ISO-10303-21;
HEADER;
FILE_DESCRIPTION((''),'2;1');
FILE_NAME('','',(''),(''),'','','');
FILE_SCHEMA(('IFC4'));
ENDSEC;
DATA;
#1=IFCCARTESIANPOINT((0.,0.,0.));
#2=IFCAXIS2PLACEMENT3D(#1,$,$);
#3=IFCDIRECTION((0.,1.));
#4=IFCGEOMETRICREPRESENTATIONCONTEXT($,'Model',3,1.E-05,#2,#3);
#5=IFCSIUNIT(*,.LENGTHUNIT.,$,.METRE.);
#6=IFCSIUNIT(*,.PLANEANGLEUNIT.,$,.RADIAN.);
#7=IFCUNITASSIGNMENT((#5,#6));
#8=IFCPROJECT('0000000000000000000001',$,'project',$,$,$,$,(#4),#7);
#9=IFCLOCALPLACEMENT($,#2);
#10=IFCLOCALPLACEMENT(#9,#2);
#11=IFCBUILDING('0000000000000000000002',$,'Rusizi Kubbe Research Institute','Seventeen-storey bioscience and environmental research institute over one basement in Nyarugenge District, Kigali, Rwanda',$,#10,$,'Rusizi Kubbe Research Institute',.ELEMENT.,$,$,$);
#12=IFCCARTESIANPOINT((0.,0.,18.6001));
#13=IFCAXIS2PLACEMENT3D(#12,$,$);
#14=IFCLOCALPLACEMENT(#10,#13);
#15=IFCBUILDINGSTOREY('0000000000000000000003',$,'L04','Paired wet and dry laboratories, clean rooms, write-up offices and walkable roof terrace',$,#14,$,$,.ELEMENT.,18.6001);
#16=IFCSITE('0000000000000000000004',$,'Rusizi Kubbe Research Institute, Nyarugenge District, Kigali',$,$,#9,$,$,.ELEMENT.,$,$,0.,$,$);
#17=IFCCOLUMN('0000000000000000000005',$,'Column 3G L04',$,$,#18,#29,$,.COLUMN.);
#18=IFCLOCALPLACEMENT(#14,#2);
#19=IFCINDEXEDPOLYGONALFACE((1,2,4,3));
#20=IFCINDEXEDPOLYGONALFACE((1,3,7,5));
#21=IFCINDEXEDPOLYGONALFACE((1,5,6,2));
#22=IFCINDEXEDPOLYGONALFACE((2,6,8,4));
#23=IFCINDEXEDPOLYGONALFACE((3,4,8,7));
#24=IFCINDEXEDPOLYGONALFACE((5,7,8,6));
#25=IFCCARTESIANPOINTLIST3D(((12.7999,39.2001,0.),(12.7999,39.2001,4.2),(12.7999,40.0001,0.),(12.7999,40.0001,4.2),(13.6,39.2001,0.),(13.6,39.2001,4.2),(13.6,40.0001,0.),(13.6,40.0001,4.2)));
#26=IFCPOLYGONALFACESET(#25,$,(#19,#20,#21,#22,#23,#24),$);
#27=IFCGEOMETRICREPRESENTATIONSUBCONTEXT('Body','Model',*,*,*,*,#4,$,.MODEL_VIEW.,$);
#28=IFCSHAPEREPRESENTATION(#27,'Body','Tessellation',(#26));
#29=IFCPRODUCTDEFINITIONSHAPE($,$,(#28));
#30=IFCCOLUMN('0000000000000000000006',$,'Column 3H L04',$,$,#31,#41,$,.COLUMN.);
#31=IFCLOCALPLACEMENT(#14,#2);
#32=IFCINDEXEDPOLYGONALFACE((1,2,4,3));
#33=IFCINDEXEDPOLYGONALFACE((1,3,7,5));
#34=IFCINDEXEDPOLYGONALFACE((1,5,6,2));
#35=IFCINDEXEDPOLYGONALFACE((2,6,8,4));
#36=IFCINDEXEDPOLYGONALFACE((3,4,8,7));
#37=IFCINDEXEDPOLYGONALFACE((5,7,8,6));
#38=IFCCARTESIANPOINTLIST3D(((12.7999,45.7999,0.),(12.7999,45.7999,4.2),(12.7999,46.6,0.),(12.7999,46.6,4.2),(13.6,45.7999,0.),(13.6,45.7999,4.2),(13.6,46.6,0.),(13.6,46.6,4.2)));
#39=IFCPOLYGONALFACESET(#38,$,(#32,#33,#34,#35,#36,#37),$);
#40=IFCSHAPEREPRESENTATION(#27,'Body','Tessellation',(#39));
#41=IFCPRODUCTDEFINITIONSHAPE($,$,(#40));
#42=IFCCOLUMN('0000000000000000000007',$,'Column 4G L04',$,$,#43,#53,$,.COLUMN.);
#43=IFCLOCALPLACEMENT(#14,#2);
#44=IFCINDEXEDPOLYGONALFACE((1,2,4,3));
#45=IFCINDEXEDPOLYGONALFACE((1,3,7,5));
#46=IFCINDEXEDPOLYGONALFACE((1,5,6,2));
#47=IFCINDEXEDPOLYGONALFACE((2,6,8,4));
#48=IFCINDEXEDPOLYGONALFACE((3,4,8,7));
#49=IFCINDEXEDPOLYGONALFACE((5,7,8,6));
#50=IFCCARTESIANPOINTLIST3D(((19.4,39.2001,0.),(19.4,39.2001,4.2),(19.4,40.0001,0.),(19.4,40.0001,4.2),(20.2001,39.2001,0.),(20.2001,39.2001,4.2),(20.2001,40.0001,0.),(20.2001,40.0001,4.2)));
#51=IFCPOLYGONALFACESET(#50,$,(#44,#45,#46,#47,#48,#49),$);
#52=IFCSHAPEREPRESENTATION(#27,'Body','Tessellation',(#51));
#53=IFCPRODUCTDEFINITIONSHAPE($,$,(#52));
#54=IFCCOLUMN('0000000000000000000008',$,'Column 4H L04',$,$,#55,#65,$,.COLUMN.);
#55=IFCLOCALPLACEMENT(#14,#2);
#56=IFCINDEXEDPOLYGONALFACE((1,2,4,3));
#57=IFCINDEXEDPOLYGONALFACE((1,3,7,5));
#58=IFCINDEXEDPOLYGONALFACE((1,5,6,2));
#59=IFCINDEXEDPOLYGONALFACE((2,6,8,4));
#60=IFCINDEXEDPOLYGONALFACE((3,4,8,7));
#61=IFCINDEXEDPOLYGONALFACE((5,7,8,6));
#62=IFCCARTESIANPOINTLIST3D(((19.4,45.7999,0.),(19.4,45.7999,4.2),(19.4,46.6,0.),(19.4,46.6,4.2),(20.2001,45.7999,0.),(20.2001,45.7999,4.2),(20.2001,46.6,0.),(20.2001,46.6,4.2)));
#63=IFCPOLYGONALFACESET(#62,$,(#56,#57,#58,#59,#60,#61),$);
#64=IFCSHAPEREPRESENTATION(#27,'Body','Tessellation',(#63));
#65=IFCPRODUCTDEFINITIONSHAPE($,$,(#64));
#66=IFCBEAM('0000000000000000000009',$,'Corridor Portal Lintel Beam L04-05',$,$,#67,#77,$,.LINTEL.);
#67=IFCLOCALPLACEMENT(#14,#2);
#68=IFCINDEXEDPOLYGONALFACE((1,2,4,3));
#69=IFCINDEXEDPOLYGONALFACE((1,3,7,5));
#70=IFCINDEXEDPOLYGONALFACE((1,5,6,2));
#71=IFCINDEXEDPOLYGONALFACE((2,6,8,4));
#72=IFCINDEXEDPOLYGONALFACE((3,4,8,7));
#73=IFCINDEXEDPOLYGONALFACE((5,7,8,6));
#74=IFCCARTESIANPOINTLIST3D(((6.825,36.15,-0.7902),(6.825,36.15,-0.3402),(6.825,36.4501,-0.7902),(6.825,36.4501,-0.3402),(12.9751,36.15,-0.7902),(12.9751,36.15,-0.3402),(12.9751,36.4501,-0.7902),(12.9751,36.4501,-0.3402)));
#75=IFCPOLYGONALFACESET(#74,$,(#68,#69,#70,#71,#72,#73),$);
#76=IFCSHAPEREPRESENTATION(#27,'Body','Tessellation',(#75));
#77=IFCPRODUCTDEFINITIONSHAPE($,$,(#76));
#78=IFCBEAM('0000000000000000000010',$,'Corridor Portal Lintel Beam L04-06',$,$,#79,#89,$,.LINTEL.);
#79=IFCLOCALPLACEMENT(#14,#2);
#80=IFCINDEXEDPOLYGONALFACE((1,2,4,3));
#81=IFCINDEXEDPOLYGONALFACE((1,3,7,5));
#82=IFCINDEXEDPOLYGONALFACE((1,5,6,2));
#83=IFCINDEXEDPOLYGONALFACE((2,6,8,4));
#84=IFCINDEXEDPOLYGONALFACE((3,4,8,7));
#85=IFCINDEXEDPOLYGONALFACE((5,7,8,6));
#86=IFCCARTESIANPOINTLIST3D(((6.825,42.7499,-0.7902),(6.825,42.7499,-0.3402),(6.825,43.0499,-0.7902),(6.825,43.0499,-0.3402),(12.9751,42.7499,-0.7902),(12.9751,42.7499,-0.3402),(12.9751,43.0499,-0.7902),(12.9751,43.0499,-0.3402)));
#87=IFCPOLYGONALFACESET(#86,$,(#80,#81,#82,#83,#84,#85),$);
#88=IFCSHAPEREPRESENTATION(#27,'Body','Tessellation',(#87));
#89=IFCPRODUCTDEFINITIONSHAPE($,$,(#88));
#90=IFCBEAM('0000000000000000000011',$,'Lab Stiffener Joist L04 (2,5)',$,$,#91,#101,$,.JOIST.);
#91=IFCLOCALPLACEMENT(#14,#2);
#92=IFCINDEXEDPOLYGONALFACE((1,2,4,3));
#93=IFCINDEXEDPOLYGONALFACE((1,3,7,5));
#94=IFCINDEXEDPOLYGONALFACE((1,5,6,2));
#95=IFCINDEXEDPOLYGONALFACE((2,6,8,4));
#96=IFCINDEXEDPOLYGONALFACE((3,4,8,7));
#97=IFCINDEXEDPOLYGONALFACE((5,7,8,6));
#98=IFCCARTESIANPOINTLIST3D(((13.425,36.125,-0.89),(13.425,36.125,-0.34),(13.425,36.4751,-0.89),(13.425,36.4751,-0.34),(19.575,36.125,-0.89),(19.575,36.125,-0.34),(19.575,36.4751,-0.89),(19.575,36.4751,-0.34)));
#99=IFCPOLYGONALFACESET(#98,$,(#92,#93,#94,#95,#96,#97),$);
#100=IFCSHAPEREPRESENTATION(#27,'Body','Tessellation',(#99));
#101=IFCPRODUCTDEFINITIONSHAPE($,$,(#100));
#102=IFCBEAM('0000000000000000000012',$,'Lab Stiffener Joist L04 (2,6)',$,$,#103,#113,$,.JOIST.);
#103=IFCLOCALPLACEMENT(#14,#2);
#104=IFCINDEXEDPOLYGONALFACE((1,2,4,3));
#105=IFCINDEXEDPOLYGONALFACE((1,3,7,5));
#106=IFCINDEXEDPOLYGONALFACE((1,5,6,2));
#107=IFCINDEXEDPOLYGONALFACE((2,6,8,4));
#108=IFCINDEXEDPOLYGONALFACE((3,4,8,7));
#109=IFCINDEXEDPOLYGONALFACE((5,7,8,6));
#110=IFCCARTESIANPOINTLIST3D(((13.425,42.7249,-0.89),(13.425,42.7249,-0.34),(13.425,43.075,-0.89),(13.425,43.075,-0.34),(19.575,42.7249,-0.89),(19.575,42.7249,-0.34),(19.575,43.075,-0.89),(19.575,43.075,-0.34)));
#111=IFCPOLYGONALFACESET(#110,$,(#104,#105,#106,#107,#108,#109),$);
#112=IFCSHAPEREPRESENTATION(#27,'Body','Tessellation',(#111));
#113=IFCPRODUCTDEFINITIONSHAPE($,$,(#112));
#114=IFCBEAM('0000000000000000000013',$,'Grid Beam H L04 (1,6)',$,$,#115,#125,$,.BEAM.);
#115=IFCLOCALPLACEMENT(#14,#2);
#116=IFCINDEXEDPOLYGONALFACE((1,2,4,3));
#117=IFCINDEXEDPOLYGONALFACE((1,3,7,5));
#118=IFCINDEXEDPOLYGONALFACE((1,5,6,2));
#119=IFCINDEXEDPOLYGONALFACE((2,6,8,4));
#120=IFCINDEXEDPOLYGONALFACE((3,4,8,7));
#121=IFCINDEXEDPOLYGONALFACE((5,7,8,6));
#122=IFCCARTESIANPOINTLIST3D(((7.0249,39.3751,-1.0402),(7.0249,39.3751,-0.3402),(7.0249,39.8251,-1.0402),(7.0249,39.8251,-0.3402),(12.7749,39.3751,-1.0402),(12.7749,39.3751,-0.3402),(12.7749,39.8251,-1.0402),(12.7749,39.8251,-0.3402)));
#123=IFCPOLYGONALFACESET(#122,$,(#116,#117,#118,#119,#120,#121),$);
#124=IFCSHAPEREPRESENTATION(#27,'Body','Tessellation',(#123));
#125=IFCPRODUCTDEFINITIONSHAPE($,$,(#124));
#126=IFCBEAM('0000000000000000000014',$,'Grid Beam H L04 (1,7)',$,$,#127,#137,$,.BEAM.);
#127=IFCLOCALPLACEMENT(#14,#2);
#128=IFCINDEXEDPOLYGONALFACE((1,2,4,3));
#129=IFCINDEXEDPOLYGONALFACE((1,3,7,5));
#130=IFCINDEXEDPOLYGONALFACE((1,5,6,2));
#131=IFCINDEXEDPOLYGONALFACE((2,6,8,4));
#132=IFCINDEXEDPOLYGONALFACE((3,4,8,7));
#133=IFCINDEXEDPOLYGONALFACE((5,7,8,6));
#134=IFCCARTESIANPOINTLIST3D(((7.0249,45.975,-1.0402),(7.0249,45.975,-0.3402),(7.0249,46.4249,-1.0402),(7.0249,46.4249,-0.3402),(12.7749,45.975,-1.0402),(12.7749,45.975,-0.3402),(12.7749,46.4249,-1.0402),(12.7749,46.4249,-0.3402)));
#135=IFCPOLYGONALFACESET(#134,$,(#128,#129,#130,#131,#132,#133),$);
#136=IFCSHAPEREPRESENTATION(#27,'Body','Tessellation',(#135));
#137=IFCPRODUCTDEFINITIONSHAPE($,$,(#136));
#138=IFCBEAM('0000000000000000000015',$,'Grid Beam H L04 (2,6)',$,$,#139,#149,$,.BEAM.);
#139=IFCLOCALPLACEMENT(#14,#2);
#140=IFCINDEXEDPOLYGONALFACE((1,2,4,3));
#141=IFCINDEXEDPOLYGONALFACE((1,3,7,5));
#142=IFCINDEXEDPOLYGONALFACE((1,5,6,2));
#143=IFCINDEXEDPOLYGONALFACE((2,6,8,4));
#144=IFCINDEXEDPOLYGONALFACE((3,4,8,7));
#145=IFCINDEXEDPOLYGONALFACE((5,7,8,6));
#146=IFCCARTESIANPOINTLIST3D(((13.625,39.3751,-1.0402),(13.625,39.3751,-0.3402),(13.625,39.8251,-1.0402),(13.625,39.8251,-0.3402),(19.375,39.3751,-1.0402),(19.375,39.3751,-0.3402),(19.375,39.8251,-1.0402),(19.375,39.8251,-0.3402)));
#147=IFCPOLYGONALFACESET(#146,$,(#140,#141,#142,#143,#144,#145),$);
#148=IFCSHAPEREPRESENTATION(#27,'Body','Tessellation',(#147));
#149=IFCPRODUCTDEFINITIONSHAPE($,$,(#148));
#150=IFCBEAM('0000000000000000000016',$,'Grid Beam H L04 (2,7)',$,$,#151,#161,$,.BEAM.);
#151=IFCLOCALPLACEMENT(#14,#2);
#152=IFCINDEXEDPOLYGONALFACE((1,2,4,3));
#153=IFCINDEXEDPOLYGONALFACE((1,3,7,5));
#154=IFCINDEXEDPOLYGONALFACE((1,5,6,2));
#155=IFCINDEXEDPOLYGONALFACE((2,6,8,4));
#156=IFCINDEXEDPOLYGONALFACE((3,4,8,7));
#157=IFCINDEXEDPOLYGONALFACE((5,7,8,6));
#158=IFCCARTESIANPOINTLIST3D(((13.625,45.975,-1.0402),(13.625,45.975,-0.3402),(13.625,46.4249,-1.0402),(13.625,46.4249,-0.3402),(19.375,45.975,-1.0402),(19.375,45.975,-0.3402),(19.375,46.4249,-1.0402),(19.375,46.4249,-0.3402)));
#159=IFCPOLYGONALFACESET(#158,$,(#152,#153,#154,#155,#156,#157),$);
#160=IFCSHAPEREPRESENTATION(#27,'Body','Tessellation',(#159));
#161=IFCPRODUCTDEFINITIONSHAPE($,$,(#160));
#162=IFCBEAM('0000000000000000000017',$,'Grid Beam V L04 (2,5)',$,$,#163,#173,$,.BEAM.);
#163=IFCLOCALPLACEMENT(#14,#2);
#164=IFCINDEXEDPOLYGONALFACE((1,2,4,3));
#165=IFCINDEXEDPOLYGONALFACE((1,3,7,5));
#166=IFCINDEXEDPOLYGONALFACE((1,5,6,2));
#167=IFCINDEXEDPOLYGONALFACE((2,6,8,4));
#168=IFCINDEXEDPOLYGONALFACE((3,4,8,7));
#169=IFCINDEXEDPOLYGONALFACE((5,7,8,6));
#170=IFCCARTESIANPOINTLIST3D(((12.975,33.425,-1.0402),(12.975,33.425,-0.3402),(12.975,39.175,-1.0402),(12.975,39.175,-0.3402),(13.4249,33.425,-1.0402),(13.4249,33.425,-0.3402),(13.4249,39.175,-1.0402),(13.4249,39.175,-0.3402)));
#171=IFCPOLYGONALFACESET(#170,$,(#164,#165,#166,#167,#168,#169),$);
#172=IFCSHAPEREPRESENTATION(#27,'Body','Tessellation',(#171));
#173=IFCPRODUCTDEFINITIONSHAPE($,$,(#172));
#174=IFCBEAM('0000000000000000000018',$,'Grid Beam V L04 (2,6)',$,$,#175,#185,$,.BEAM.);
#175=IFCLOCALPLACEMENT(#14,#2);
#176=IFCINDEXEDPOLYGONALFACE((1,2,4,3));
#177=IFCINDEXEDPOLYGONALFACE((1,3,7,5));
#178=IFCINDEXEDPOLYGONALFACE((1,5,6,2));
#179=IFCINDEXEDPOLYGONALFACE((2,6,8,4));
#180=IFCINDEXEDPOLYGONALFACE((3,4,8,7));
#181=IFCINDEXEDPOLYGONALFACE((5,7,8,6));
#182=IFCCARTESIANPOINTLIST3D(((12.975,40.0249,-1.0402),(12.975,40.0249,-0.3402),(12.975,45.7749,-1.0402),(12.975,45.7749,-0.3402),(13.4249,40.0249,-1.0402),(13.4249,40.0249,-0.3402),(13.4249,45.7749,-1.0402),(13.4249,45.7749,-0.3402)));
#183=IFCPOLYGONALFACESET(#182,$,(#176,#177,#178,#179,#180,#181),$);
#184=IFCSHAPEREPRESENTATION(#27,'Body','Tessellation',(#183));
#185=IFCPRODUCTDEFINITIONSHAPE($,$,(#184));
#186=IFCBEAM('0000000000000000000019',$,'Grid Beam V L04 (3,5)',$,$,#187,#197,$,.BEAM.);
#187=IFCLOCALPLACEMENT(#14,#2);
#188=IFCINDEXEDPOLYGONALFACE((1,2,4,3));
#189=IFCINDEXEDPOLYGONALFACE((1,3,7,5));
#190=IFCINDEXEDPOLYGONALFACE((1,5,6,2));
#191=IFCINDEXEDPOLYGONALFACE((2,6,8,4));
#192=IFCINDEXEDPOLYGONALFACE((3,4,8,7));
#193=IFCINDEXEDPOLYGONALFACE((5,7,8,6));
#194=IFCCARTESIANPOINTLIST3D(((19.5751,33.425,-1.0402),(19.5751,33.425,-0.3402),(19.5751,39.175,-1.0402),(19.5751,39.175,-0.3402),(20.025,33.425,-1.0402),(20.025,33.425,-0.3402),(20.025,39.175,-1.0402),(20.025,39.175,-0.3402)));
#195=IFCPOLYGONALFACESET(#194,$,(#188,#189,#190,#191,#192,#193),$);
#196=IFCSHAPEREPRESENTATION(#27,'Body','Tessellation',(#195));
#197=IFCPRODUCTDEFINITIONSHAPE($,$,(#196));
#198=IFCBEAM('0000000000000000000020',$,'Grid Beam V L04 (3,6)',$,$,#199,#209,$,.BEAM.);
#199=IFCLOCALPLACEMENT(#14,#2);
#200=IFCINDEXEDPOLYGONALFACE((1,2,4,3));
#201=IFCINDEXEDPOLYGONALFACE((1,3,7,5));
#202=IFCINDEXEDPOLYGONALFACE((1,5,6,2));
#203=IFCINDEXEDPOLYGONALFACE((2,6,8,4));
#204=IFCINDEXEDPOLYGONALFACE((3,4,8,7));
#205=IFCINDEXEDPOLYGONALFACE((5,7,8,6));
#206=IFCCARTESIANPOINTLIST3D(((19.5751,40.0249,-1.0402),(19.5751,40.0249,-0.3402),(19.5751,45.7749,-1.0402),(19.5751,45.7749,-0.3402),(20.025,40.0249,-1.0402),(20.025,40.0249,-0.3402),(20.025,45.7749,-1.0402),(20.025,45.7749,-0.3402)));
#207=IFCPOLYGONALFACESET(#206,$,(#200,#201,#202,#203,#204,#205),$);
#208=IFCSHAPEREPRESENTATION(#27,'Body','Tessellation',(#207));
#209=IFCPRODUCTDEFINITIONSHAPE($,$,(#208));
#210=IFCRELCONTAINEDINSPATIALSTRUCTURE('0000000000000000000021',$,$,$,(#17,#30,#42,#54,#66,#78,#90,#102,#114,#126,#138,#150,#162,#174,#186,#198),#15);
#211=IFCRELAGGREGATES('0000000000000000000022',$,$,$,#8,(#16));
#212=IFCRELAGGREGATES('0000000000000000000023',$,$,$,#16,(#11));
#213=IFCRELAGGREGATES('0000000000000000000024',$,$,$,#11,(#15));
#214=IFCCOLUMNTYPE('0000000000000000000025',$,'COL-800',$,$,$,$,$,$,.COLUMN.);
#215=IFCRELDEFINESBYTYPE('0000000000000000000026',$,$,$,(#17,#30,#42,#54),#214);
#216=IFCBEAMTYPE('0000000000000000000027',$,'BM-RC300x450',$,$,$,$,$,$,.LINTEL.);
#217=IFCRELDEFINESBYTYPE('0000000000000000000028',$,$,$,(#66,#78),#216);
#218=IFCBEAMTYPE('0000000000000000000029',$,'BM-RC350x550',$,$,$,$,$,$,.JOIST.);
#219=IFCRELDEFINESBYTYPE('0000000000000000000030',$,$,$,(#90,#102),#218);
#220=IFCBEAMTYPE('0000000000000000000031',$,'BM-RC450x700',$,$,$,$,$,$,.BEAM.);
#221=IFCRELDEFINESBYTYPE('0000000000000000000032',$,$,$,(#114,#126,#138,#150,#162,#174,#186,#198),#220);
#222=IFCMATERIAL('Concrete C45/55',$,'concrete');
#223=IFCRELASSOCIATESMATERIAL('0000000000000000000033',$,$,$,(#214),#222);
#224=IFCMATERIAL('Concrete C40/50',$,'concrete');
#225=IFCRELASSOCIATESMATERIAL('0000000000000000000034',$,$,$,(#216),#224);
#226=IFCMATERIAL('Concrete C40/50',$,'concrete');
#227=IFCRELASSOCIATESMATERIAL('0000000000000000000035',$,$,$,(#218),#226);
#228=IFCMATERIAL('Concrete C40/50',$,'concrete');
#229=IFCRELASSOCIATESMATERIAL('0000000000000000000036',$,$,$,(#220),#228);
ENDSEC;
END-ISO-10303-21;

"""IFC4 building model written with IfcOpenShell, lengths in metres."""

from ifc_helpers import new_model, si_unit, direction, frame, origin, origin_2d, place, context, subcontext, project, spatial, rectangle, extrude, material, material_profile, profile_set, type_object, element, save


model = new_model("IFC4")

# Units and contexts
model_context = context("Model", 3, precision=1e-05, world=origin(), true_north=direction((0.0, 1.0)))
body_context = subcontext(model_context, "Body", "Model", "MODEL_VIEW")
ifc_project = project(units=[si_unit("LENGTHUNIT", "METRE"), si_unit("PLANEANGLEUNIT", "RADIAN")], contexts=[model_context])

# Site, building, storey
site_placement = place(None, origin())
site = spatial("IfcSite", under=ifc_project, at=site_placement, Name="Rusizi Kubbe Research Institute, Nyarugenge District, Kigali", CompositionType="ELEMENT", RefElevation=0.0)
building_placement = place(site_placement, origin())
building = spatial("IfcBuilding", under=site, at=building_placement, Name="Rusizi Kubbe Research Institute", Description="Seventeen-storey bioscience and environmental research institute over one basement in Nyarugenge District, Kigali, Rwanda", LongName="Rusizi Kubbe Research Institute", CompositionType="ELEMENT")
storey_placement = place(building_placement, frame((0.0, 0.0, 18.6001)))
storey = spatial("IfcBuildingStorey", under=building, at=storey_placement, Name="L04", Description="Paired wet and dry laboratories, clean rooms, write-up offices and walkable roof terrace", CompositionType="ELEMENT", Elevation=18.6001)

# Columns
ifc_material_1 = material(Name="Concrete C45/55", Category="concrete")
ifc_material_profile_1 = material_profile(ifc_material_1, rectangle(XDim=0.8, YDim=0.8, at=origin_2d()), Name="RC800x800")
ifc_profile_set_1 = profile_set([ifc_material_profile_1], Name="Concrete C45/55")
column_type = type_object("IfcColumnType", Name="COL-800", PredefinedType="COLUMN", material=ifc_profile_set_1)
for number, where, z_axis, x_axis, name in (
    (1, (13.2, 39.6001, 0.0), (0.0, 0.0, 1.0), (1.0, 0.0, 0.0), "Column 3G L04"),
    (2, (13.2, 46.2, 0.0), (0.0, 0.0, 1.0), (1.0, 0.0, 0.0), "Column 3H L04"),
    (3, (19.8, 39.6001, 0.0), (0.0, 0.0, 1.0), (1.0, 0.0, 0.0), "Column 4G L04"),
    (4, (19.8, 46.2, 0.0), (0.0, 0.0, 1.0), (1.0, 0.0, 0.0), "Column 4H L04"),
):
    element("IfcColumn", number, at=place(storey_placement, frame(where, z_axis=z_axis, x_axis=x_axis)), inside=storey, type_object=column_type, Name=name, PredefinedType="COLUMN", context=body_context, shape_type="SweptSolid", body=[
        extrude(rectangle(XDim=0.8, YDim=0.8, at=origin_2d()), origin(), (0.0, 0.0, 1.0), 4.2),
    ])

# Beams
ifc_material_2 = material(Name="Concrete C40/50", Category="concrete")
ifc_material_profile_2 = material_profile(ifc_material_2, rectangle(XDim=0.3, YDim=0.45, at=origin_2d()), Name="RC300x450")
ifc_profile_set_2 = profile_set([ifc_material_profile_2], Name="Concrete C40/50")
beam_type_1 = type_object("IfcBeamType", Name="BM-RC300x450", PredefinedType="LINTEL", material=ifc_profile_set_2)
for number, where, z_axis, x_axis, name in (
    (5, (6.825, 36.3, -0.5652), (1.0, 0.0, 0.0), (0.0, 1.0, 0.0), "Corridor Portal Lintel Beam L04-05"),
    (6, (6.825, 42.8999, -0.5652), (1.0, 0.0, 0.0), (0.0, 1.0, 0.0), "Corridor Portal Lintel Beam L04-06"),
):
    element("IfcBeam", number, at=place(storey_placement, frame(where, z_axis=z_axis, x_axis=x_axis)), inside=storey, type_object=beam_type_1, Name=name, PredefinedType="LINTEL", context=body_context, shape_type="SweptSolid", body=[
        extrude(rectangle(XDim=0.3, YDim=0.45, at=origin_2d()), origin(), (0.0, 0.0, 1.0), 6.1501),
    ])
ifc_material_3 = material(Name="Concrete C40/50", Category="concrete")
ifc_material_profile_3 = material_profile(ifc_material_3, rectangle(XDim=0.3501, YDim=0.55, at=origin_2d()), Name="RC350x550")
ifc_profile_set_3 = profile_set([ifc_material_profile_3], Name="Concrete C40/50")
beam_type_2 = type_object("IfcBeamType", Name="BM-RC350x550", PredefinedType="JOIST", material=ifc_profile_set_3)
for number, where, z_axis, x_axis, name in (
    (7, (13.425, 36.3, -0.615), (1.0, 0.0, 0.0), (0.0, 1.0, 0.0), "Lab Stiffener Joist L04 (2,5)"),
    (8, (13.425, 42.8999, -0.615), (1.0, 0.0, 0.0), (0.0, 1.0, 0.0), "Lab Stiffener Joist L04 (2,6)"),
):
    element("IfcBeam", number, at=place(storey_placement, frame(where, z_axis=z_axis, x_axis=x_axis)), inside=storey, type_object=beam_type_2, Name=name, PredefinedType="JOIST", context=body_context, shape_type="SweptSolid", body=[
        extrude(rectangle(XDim=0.3501, YDim=0.55, at=origin_2d()), origin(), (0.0, 0.0, 1.0), 6.1499),
    ])
ifc_material_4 = material(Name="Concrete C40/50", Category="concrete")
ifc_material_profile_4 = material_profile(ifc_material_4, rectangle(XDim=0.45, YDim=0.7, at=origin_2d()), Name="RC450x700B")
ifc_profile_set_4 = profile_set([ifc_material_profile_4], Name="Concrete C40/50")
beam_type_3 = type_object("IfcBeamType", Name="BM-RC450x700", PredefinedType="BEAM", material=ifc_profile_set_4)
for number, where, z_axis, x_axis, name in (
    (9, (7.0249, 39.6001, -0.6902), (1.0, 0.0, 0.0), (0.0, 1.0, 0.0), "Grid Beam H L04 (1,6)"),
    (10, (7.0249, 46.2, -0.6902), (1.0, 0.0, 0.0), (0.0, 1.0, 0.0), "Grid Beam H L04 (1,7)"),
    (11, (13.625, 39.6001, -0.6902), (1.0, 0.0, 0.0), (0.0, 1.0, 0.0), "Grid Beam H L04 (2,6)"),
    (12, (13.625, 46.2, -0.6902), (1.0, 0.0, 0.0), (0.0, 1.0, 0.0), "Grid Beam H L04 (2,7)"),
    (13, (13.2, 33.425, -0.6902), (0.0, 1.0, 0.0), (-1.0, 0.0, 0.0), "Grid Beam V L04 (2,5)"),
    (14, (13.2, 40.0249, -0.6902), (0.0, 1.0, 0.0), (-1.0, 0.0, 0.0), "Grid Beam V L04 (2,6)"),
    (15, (19.8, 33.425, -0.6902), (0.0, 1.0, 0.0), (-1.0, 0.0, 0.0), "Grid Beam V L04 (3,5)"),
    (16, (19.8, 40.0249, -0.6902), (0.0, 1.0, 0.0), (-1.0, 0.0, 0.0), "Grid Beam V L04 (3,6)"),
):
    element("IfcBeam", number, at=place(storey_placement, frame(where, z_axis=z_axis, x_axis=x_axis)), inside=storey, type_object=beam_type_3, Name=name, PredefinedType="BEAM", context=body_context, shape_type="SweptSolid", body=[
        extrude(rectangle(XDim=0.45, YDim=0.7, at=origin_2d()), origin(), (0.0, 0.0, 1.0), 5.75),
    ])

save(model, "model.ifc")
